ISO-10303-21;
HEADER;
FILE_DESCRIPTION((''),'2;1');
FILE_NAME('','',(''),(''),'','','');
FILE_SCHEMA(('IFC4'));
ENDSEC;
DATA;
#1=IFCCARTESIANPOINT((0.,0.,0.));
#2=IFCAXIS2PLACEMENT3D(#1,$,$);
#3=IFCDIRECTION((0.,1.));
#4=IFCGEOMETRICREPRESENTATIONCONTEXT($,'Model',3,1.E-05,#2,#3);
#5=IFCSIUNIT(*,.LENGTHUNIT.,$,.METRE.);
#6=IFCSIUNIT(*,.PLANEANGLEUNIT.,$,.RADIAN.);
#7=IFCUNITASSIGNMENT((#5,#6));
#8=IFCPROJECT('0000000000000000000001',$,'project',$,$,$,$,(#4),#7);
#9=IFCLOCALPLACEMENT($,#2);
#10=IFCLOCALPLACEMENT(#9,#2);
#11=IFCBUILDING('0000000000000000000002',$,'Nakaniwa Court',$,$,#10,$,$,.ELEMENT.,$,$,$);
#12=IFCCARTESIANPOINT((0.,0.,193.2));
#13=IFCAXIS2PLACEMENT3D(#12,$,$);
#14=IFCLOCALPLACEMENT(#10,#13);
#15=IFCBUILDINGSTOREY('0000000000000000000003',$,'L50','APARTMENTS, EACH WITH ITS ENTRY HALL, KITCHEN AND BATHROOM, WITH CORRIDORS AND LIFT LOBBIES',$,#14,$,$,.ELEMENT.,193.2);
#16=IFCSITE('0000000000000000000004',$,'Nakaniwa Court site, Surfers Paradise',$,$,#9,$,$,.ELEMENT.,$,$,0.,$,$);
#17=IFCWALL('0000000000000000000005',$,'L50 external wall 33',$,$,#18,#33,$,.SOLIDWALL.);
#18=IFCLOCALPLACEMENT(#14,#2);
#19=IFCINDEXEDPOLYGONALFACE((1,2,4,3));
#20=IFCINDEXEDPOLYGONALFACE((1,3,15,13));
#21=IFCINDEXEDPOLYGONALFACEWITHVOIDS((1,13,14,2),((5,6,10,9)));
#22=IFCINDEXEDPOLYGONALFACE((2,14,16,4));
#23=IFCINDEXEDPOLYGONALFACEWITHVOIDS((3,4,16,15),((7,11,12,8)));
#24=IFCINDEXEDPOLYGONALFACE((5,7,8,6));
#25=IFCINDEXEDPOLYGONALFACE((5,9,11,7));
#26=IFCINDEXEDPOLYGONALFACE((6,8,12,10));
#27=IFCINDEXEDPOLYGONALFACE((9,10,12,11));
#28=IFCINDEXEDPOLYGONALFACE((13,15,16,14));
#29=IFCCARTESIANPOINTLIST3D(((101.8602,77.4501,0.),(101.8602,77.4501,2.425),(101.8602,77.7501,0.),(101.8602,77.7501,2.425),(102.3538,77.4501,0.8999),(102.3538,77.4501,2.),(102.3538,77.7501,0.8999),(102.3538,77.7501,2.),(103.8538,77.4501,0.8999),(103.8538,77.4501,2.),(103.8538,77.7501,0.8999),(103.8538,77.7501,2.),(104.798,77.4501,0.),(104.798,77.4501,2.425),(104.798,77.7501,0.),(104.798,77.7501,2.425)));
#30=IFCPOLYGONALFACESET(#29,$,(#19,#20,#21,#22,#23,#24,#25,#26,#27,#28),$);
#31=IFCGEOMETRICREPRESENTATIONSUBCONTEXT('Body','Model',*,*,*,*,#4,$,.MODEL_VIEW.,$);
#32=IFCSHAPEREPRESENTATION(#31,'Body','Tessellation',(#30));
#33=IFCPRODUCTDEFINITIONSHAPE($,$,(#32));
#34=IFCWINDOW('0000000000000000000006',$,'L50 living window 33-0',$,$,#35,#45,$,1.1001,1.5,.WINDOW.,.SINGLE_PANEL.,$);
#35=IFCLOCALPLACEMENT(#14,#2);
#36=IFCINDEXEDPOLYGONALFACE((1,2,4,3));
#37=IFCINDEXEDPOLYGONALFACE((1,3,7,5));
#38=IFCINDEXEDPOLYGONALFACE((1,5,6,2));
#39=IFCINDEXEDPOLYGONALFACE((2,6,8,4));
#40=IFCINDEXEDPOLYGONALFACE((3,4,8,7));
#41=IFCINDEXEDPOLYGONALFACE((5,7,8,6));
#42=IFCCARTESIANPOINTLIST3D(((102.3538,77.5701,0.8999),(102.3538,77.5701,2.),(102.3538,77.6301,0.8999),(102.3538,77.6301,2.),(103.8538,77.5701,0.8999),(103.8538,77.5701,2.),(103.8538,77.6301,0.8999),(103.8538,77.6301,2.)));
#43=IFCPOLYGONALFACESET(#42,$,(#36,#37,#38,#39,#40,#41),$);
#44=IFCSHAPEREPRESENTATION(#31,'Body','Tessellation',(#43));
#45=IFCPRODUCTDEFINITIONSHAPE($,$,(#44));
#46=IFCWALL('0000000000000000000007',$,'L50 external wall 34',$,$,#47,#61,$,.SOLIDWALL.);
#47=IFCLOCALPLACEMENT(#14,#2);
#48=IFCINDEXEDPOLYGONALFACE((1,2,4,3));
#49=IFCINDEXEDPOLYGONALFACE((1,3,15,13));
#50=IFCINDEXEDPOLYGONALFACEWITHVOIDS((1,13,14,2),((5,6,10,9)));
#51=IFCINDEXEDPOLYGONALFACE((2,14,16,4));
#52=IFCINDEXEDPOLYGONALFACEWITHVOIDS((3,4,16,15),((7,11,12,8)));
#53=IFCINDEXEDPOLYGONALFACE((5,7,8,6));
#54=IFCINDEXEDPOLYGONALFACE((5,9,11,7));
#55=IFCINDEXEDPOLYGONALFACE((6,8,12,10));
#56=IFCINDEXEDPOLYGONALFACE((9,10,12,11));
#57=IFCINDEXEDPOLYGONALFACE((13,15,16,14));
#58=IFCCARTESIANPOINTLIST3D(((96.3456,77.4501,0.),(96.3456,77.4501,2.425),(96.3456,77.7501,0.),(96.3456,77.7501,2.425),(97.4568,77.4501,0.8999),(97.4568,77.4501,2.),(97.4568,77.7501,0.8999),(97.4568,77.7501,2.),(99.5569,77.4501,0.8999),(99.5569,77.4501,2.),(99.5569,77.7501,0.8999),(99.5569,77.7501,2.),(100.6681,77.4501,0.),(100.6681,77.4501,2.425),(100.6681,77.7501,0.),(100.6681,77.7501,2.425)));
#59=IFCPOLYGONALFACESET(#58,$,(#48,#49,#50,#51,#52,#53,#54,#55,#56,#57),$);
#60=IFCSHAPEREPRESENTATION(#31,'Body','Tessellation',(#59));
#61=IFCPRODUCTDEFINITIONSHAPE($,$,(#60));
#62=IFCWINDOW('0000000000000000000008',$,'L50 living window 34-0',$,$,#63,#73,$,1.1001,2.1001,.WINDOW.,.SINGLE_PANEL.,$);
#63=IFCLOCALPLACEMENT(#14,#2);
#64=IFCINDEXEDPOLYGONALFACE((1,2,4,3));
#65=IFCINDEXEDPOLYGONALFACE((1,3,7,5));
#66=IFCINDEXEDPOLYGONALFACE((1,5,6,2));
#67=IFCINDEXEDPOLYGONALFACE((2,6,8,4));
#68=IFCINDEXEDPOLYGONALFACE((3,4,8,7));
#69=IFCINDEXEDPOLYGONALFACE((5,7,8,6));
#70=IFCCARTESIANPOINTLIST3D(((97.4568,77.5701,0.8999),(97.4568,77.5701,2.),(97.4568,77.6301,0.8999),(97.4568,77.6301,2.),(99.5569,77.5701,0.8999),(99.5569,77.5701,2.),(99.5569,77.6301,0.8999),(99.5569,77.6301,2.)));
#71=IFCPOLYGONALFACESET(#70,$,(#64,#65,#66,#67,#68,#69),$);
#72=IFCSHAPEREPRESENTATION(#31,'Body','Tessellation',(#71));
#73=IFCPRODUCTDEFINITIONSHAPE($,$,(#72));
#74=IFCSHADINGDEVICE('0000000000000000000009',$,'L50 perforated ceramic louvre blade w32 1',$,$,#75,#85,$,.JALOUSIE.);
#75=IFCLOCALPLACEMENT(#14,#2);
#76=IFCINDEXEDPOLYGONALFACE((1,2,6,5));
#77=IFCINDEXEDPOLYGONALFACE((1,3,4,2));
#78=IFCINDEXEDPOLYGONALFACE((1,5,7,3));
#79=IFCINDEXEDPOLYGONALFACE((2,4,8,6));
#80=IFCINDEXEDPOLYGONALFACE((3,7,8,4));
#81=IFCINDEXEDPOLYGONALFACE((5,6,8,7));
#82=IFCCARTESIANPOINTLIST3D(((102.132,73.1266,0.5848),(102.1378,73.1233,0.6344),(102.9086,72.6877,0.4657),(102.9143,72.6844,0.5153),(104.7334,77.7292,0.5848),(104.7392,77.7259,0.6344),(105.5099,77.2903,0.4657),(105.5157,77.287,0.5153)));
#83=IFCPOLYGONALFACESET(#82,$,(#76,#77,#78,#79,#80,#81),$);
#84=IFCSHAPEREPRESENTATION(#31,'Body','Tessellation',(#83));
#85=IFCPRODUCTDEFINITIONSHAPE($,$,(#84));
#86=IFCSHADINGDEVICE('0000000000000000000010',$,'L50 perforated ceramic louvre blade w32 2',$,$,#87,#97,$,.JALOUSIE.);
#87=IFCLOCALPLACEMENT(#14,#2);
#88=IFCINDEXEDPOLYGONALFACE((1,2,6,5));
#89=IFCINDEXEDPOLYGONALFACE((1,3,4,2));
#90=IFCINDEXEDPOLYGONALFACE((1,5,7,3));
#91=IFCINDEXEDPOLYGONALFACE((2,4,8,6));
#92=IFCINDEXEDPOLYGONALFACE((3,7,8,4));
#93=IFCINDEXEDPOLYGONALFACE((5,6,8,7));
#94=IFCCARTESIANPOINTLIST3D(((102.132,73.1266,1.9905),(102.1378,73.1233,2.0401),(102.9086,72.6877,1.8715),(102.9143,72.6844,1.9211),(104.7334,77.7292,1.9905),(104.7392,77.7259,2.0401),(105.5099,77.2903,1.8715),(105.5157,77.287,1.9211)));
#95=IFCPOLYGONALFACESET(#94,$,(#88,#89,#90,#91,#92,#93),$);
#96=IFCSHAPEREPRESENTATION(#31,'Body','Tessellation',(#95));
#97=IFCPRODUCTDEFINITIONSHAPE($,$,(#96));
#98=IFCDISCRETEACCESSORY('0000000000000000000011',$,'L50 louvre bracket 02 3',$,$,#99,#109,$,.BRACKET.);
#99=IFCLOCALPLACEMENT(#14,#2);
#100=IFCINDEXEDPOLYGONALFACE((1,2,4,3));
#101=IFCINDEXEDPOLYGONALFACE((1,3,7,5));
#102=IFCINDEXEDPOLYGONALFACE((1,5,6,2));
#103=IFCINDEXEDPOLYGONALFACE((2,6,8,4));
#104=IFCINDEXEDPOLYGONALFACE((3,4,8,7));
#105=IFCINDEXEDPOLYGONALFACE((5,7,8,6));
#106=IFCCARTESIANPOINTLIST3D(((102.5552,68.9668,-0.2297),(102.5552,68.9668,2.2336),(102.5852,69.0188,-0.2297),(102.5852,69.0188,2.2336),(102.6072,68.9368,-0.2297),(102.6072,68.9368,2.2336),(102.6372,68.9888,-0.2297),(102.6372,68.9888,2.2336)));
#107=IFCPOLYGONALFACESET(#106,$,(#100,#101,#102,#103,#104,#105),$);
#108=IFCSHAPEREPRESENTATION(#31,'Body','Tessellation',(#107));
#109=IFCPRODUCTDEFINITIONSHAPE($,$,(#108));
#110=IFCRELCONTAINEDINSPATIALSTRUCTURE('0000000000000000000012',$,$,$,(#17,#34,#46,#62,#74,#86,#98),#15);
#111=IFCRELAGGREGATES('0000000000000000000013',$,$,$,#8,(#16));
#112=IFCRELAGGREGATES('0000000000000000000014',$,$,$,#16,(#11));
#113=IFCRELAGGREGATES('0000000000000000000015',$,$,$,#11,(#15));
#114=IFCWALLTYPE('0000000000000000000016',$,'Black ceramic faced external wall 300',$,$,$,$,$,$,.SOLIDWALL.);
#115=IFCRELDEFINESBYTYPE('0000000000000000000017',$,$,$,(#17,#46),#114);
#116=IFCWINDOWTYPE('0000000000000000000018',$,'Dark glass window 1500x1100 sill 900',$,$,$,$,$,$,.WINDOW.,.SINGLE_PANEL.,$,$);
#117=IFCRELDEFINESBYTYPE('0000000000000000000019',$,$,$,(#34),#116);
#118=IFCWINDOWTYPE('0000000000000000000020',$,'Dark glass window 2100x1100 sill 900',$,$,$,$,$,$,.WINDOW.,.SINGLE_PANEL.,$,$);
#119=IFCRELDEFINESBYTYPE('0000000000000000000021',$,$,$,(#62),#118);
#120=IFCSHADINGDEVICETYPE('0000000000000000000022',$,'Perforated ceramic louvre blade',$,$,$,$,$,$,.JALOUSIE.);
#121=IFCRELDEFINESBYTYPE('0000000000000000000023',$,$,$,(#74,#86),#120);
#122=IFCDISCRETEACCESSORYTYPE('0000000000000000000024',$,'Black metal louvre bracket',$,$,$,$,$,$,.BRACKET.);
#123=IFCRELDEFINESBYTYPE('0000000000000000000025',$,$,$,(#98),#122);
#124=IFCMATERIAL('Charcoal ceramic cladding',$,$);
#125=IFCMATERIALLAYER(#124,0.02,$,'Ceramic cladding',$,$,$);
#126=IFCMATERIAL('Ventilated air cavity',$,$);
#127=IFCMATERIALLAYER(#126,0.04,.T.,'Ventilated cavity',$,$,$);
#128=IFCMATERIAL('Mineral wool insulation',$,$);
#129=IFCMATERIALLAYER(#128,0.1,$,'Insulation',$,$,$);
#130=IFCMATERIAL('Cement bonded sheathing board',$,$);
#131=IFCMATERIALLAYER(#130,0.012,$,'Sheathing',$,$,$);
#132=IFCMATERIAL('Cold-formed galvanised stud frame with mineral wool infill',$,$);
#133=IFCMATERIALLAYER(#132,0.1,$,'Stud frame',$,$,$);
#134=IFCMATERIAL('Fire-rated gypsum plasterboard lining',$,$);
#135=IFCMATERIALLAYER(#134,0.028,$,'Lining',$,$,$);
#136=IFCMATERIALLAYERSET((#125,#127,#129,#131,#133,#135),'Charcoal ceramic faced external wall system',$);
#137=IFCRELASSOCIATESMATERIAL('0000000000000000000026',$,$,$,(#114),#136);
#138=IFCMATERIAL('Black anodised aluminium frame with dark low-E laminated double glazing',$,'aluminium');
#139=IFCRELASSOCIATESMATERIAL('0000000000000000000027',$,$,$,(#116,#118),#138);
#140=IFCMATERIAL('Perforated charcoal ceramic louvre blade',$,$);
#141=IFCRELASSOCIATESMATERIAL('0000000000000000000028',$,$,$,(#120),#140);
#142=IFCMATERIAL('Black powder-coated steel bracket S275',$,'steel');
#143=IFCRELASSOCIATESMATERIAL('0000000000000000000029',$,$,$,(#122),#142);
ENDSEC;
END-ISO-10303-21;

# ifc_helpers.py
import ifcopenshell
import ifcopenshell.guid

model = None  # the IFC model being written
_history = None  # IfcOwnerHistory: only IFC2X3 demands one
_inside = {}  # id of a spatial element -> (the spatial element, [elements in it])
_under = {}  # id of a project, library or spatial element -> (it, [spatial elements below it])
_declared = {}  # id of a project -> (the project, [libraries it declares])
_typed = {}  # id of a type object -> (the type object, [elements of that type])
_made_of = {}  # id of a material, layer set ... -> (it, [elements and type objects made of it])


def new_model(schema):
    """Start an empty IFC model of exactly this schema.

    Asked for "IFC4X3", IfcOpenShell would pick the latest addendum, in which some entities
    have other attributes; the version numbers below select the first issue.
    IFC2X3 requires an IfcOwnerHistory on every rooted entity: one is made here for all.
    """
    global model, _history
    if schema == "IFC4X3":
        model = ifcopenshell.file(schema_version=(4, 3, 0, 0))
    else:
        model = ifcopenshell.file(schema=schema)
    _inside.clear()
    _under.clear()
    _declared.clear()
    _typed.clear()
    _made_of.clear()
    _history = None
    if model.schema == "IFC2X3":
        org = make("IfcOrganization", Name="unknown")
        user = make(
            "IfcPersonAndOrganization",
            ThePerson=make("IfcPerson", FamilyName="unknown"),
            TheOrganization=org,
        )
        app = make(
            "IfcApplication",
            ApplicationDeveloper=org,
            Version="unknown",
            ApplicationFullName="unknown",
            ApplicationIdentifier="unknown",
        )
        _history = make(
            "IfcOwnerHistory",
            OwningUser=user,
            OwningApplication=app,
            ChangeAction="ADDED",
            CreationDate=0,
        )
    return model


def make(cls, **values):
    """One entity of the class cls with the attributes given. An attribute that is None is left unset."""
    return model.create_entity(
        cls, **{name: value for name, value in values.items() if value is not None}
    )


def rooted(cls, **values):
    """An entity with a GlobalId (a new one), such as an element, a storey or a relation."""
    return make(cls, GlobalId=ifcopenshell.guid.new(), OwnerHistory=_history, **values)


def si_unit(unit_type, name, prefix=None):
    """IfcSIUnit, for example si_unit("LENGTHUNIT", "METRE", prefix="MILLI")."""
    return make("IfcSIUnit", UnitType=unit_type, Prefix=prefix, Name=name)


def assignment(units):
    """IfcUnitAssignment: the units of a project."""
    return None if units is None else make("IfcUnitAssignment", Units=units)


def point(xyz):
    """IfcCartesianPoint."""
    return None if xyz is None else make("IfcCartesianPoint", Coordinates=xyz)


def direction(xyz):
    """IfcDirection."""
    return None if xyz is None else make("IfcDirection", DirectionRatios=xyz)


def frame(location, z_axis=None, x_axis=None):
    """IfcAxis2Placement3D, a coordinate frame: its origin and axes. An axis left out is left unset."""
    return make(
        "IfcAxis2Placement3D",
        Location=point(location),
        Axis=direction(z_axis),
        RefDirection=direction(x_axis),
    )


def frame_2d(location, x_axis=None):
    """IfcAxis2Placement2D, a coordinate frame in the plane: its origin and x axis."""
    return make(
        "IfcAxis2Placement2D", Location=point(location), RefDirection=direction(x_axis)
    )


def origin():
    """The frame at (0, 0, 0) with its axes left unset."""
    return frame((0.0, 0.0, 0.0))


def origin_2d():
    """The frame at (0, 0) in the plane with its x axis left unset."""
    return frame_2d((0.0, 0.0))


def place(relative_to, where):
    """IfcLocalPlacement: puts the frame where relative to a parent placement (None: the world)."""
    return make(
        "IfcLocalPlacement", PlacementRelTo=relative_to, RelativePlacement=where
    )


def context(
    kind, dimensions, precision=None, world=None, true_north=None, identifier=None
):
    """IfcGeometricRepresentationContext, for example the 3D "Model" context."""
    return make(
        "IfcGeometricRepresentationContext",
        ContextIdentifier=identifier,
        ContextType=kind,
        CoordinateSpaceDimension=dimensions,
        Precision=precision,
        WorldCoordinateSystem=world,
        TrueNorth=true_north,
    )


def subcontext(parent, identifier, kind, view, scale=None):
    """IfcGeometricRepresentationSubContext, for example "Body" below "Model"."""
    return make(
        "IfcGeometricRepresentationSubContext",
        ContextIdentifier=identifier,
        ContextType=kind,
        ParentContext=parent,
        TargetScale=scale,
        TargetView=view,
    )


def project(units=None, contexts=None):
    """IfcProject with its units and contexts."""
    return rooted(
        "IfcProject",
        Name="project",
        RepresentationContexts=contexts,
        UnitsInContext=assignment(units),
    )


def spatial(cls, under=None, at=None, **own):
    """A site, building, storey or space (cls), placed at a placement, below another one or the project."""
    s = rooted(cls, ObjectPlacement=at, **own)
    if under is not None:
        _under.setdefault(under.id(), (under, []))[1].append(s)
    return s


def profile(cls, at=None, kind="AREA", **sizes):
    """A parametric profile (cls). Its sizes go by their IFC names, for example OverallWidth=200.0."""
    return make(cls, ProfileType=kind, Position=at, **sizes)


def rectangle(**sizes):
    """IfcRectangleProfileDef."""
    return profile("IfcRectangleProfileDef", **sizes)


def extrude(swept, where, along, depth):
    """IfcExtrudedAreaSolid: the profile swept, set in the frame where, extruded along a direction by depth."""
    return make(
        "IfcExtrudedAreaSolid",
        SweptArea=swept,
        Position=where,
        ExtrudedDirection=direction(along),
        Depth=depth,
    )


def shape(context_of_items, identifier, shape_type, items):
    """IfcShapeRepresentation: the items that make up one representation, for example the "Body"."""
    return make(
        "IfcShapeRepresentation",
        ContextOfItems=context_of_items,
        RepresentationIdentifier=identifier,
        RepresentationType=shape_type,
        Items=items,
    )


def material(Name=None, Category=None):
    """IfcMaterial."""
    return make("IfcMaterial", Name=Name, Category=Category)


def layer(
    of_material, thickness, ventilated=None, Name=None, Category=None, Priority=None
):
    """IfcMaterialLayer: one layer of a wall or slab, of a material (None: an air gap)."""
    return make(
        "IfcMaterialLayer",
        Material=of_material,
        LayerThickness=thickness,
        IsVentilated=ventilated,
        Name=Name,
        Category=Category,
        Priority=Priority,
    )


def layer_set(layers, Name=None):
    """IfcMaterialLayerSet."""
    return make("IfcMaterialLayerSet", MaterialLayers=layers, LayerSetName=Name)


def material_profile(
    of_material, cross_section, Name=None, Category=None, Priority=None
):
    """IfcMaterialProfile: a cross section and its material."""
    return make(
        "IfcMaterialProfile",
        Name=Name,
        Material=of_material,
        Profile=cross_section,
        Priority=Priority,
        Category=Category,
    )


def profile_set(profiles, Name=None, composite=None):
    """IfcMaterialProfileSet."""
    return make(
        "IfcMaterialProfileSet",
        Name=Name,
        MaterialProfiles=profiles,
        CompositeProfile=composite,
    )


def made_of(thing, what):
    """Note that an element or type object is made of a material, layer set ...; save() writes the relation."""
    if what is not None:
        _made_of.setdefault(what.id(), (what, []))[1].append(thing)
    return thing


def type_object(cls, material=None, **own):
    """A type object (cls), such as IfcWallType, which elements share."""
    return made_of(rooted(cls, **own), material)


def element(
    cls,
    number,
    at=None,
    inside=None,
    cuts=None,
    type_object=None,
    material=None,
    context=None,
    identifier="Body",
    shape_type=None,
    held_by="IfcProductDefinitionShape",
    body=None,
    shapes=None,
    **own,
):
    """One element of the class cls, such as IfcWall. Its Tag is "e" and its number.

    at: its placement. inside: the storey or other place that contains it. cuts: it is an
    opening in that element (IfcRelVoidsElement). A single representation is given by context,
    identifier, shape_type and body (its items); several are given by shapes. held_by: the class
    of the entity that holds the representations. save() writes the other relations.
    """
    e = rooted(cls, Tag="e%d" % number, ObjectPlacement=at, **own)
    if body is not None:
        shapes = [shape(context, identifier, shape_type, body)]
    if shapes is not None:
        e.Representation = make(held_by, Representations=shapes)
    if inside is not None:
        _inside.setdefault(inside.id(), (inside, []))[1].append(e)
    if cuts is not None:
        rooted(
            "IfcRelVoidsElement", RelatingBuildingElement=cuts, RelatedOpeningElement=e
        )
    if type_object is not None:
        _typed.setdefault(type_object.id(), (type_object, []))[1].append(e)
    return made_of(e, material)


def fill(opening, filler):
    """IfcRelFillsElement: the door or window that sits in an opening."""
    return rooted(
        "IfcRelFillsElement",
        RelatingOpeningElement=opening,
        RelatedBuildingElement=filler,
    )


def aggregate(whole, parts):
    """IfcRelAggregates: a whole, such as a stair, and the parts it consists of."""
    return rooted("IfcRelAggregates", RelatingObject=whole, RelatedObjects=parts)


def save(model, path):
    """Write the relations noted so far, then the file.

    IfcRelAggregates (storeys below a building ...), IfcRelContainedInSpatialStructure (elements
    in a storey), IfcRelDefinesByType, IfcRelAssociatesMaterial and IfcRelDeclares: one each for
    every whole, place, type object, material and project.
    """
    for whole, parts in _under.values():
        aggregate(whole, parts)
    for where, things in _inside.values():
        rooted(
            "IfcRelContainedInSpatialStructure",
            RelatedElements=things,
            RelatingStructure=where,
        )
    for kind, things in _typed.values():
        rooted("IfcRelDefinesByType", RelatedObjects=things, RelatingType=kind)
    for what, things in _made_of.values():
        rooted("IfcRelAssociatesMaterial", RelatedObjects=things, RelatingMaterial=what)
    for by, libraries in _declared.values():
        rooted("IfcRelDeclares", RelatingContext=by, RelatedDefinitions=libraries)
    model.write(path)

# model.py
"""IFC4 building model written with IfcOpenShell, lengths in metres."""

from ifc_helpers import new_model, si_unit, direction, frame, frame_2d, origin, origin_2d, place, context, subcontext, project, spatial, rectangle, extrude, material, layer, layer_set, material_profile, profile_set, type_object, element, fill, save


model = new_model("IFC4")

# Units and contexts
model_context = context("Model", 3, precision=1e-05, world=origin(), true_north=direction((0.0, 1.0)))
body_context = subcontext(model_context, "Body", "Model", "MODEL_VIEW")
ifc_project = project(units=[si_unit("LENGTHUNIT", "METRE"), si_unit("PLANEANGLEUNIT", "RADIAN")], contexts=[model_context])

# Site, building, storey
site_placement = place(None, origin())
site = spatial("IfcSite", under=ifc_project, at=site_placement, Name="Nakaniwa Court site, Surfers Paradise", CompositionType="ELEMENT", RefElevation=0.0)
building_placement = place(site_placement, origin())
building = spatial("IfcBuilding", under=site, at=building_placement, Name="Nakaniwa Court", CompositionType="ELEMENT")
storey_placement = place(building_placement, frame((0.0, 0.0, 193.2)))
storey = spatial("IfcBuildingStorey", under=building, at=storey_placement, Name="L50", Description="APARTMENTS, EACH WITH ITS ENTRY HALL, KITCHEN AND BATHROOM, WITH CORRIDORS AND LIFT LOBBIES", CompositionType="ELEMENT", Elevation=193.2)

# Shared definitions
ifc_material_1 = material(Name="Charcoal ceramic cladding")
ifc_layer_1 = layer(ifc_material_1, 0.02, Name="Ceramic cladding")
ifc_material_2 = material(Name="Ventilated air cavity")
ifc_layer_2 = layer(ifc_material_2, 0.04, ventilated=True, Name="Ventilated cavity")
ifc_material_3 = material(Name="Mineral wool insulation")
ifc_layer_3 = layer(ifc_material_3, 0.1, Name="Insulation")
ifc_material_4 = material(Name="Cement bonded sheathing board")
ifc_layer_4 = layer(ifc_material_4, 0.012, Name="Sheathing")
ifc_material_5 = material(Name="Cold-formed galvanised stud frame with mineral wool infill")
ifc_layer_5 = layer(ifc_material_5, 0.1, Name="Stud frame")
ifc_material_6 = material(Name="Fire-rated gypsum plasterboard lining")
ifc_layer_6 = layer(ifc_material_6, 0.028, Name="Lining")
ifc_layer_set = layer_set([ifc_layer_1, ifc_layer_2, ifc_layer_3, ifc_layer_4, ifc_layer_5, ifc_layer_6], Name="Charcoal ceramic faced external wall system")
wall_type = type_object("IfcWallType", Name="Black ceramic faced external wall 300", PredefinedType="SOLIDWALL", material=ifc_layer_set)
ifc_material_7 = material(Name="Black anodised aluminium frame with dark low-E laminated double glazing", Category="aluminium")

# Walls, openings, windows
window_type_1 = type_object("IfcWindowType", Name="Dark glass window 1500x1100 sill 900", PartitioningType="SINGLE_PANEL", PredefinedType="WINDOW", material=ifc_material_7)
wall_1_placement = place(storey_placement, frame((104.7979, 77.6001, 0.0), z_axis=(0.0, 0.0, 1.0), x_axis=(-1.0, 0.0, 0.0)))
wall_1 = element("IfcWall", 1, at=wall_1_placement, inside=storey, type_object=wall_type, Name="L50 external wall 33", PredefinedType="SOLIDWALL", context=body_context, shape_type="SweptSolid", body=[
    extrude(rectangle(XDim=2.9377, YDim=0.3, at=frame_2d((1.4688, 0.0))), origin(), (0.0, 0.0, 1.0), 2.425),
])
opening_1_placement = place(wall_1_placement, frame((0.9441, 0.0, 0.8999)))
opening_1 = element("IfcOpeningElement", 2, at=opening_1_placement, cuts=wall_1, PredefinedType="OPENING", context=body_context, shape_type="SweptSolid", body=[
    extrude(rectangle(XDim=1.5, YDim=1.1001, at=frame_2d((0.75, 0.55))), frame((0.0, 0.1599, 0.0), z_axis=(0.0, -1.0, 0.0), x_axis=(1.0, 0.0, 0.0)), (0.0, 0.0, 1.0), 0.3201),
])
window_1_placement = place(opening_1_placement, origin())
window_1 = element("IfcWindow", 3, at=window_1_placement, inside=storey, type_object=window_type_1, Name="L50 living window 33-0", OverallHeight=1.1001, OverallWidth=1.5, PartitioningType="SINGLE_PANEL", PredefinedType="WINDOW", context=body_context, shape_type="SweptSolid", body=[
    extrude(rectangle(XDim=1.5, YDim=1.1001, at=frame_2d((0.75, 0.55))), frame((0.0, 0.03, 0.0), z_axis=(0.0, -1.0, 0.0), x_axis=(1.0, 0.0, 0.0)), (0.0, 0.0, 1.0), 0.0601),
])
fill(opening_1, window_1)
wall_2_placement = place(storey_placement, frame((100.668, 77.6001, 0.0), z_axis=(0.0, 0.0, 1.0), x_axis=(-1.0, 0.0, 0.0)))
wall_2 = element("IfcWall", 4, at=wall_2_placement, inside=storey, type_object=wall_type, Name="L50 external wall 34", PredefinedType="SOLIDWALL", context=body_context, shape_type="SweptSolid", body=[
    extrude(rectangle(XDim=4.3225, YDim=0.3, at=frame_2d((2.1611, 0.0))), origin(), (0.0, 0.0, 1.0), 2.425),
])
opening_2_placement = place(wall_2_placement, frame((1.1111, 0.0, 0.8999)))
opening_2 = element("IfcOpeningElement", 5, at=opening_2_placement, cuts=wall_2, PredefinedType="OPENING", context=body_context, shape_type="SweptSolid", body=[
    extrude(rectangle(XDim=2.1001, YDim=1.1001, at=frame_2d((1.05, 0.55))), frame((0.0, 0.1599, 0.0), z_axis=(0.0, -1.0, 0.0), x_axis=(1.0, 0.0, 0.0)), (0.0, 0.0, 1.0), 0.3201),
])
window_type_2 = type_object("IfcWindowType", Name="Dark glass window 2100x1100 sill 900", PartitioningType="SINGLE_PANEL", PredefinedType="WINDOW", material=ifc_material_7)
window_2_placement = place(opening_2_placement, origin())
window_2 = element("IfcWindow", 6, at=window_2_placement, inside=storey, type_object=window_type_2, Name="L50 living window 34-0", OverallHeight=1.1001, OverallWidth=2.1001, PartitioningType="SINGLE_PANEL", PredefinedType="WINDOW", context=body_context, shape_type="SweptSolid", body=[
    extrude(rectangle(XDim=2.1001, YDim=1.1001, at=frame_2d((1.05, 0.55))), frame((0.0, 0.03, 0.0), z_axis=(0.0, -1.0, 0.0), x_axis=(1.0, 0.0, 0.0)), (0.0, 0.0, 1.0), 0.0601),
])
fill(opening_2, window_2)

# Shading devices
ifc_material_8 = material(Name="Perforated charcoal ceramic louvre blade")
ifc_material_profile_1 = material_profile(ifc_material_8, rectangle(XDim=0.8999, YDim=0.05, at=origin_2d()), Name="Perforated ceramic louvre blade")
ifc_profile_set_1 = profile_set([ifc_material_profile_1], Name="Perforated charcoal ceramic louvre blade")
shading_device_type = type_object("IfcShadingDeviceType", Name="Perforated ceramic louvre blade", PredefinedType="JALOUSIE", material=ifc_profile_set_1)
for number, where, z_axis, x_axis, name in (
    (7, (102.5232, 72.9055, 0.55), (0.492041, 0.870572, 0.0), (-0.862925, 0.487718, 0.132256), "L50 perforated ceramic louvre blade w32 1"),
    (8, (102.5232, 72.9055, 1.9558), (0.492041, 0.870572, 0.0), (-0.862925, 0.487718, 0.132256), "L50 perforated ceramic louvre blade w32 2"),
):
    element("IfcShadingDevice", number, at=place(storey_placement, frame(where, z_axis=z_axis, x_axis=x_axis)), inside=storey, type_object=shading_device_type, Name=name, PredefinedType="JALOUSIE", context=body_context, shape_type="SweptSolid", body=[
        extrude(rectangle(XDim=0.8999, YDim=0.05, at=origin_2d()), origin(), (0.0, 0.0, 1.0), 5.2869),
    ])

# Discrete accessory
ifc_material_9 = material(Name="Black powder-coated steel bracket S275", Category="steel")
discrete_accessory_type = type_object("IfcDiscreteAccessoryType", Name="Black metal louvre bracket", PredefinedType="BRACKET", material=ifc_material_9)
discrete_accessory_placement = place(storey_placement, frame((102.5962, 68.9778, -0.2297), z_axis=(0.0, 0.0, 1.0), x_axis=(0.500017, 0.866016, 0.0)))
element("IfcDiscreteAccessory", 9, at=discrete_accessory_placement, inside=storey, type_object=discrete_accessory_type, Name="L50 louvre bracket 02 3", PredefinedType="BRACKET", context=body_context, shape_type="SweptSolid", body=[
    extrude(rectangle(XDim=0.0601, YDim=0.0601, at=origin_2d()), origin(), (0.0, 0.0, 1.0), 2.4634),
])

save(model, "model.ifc")
